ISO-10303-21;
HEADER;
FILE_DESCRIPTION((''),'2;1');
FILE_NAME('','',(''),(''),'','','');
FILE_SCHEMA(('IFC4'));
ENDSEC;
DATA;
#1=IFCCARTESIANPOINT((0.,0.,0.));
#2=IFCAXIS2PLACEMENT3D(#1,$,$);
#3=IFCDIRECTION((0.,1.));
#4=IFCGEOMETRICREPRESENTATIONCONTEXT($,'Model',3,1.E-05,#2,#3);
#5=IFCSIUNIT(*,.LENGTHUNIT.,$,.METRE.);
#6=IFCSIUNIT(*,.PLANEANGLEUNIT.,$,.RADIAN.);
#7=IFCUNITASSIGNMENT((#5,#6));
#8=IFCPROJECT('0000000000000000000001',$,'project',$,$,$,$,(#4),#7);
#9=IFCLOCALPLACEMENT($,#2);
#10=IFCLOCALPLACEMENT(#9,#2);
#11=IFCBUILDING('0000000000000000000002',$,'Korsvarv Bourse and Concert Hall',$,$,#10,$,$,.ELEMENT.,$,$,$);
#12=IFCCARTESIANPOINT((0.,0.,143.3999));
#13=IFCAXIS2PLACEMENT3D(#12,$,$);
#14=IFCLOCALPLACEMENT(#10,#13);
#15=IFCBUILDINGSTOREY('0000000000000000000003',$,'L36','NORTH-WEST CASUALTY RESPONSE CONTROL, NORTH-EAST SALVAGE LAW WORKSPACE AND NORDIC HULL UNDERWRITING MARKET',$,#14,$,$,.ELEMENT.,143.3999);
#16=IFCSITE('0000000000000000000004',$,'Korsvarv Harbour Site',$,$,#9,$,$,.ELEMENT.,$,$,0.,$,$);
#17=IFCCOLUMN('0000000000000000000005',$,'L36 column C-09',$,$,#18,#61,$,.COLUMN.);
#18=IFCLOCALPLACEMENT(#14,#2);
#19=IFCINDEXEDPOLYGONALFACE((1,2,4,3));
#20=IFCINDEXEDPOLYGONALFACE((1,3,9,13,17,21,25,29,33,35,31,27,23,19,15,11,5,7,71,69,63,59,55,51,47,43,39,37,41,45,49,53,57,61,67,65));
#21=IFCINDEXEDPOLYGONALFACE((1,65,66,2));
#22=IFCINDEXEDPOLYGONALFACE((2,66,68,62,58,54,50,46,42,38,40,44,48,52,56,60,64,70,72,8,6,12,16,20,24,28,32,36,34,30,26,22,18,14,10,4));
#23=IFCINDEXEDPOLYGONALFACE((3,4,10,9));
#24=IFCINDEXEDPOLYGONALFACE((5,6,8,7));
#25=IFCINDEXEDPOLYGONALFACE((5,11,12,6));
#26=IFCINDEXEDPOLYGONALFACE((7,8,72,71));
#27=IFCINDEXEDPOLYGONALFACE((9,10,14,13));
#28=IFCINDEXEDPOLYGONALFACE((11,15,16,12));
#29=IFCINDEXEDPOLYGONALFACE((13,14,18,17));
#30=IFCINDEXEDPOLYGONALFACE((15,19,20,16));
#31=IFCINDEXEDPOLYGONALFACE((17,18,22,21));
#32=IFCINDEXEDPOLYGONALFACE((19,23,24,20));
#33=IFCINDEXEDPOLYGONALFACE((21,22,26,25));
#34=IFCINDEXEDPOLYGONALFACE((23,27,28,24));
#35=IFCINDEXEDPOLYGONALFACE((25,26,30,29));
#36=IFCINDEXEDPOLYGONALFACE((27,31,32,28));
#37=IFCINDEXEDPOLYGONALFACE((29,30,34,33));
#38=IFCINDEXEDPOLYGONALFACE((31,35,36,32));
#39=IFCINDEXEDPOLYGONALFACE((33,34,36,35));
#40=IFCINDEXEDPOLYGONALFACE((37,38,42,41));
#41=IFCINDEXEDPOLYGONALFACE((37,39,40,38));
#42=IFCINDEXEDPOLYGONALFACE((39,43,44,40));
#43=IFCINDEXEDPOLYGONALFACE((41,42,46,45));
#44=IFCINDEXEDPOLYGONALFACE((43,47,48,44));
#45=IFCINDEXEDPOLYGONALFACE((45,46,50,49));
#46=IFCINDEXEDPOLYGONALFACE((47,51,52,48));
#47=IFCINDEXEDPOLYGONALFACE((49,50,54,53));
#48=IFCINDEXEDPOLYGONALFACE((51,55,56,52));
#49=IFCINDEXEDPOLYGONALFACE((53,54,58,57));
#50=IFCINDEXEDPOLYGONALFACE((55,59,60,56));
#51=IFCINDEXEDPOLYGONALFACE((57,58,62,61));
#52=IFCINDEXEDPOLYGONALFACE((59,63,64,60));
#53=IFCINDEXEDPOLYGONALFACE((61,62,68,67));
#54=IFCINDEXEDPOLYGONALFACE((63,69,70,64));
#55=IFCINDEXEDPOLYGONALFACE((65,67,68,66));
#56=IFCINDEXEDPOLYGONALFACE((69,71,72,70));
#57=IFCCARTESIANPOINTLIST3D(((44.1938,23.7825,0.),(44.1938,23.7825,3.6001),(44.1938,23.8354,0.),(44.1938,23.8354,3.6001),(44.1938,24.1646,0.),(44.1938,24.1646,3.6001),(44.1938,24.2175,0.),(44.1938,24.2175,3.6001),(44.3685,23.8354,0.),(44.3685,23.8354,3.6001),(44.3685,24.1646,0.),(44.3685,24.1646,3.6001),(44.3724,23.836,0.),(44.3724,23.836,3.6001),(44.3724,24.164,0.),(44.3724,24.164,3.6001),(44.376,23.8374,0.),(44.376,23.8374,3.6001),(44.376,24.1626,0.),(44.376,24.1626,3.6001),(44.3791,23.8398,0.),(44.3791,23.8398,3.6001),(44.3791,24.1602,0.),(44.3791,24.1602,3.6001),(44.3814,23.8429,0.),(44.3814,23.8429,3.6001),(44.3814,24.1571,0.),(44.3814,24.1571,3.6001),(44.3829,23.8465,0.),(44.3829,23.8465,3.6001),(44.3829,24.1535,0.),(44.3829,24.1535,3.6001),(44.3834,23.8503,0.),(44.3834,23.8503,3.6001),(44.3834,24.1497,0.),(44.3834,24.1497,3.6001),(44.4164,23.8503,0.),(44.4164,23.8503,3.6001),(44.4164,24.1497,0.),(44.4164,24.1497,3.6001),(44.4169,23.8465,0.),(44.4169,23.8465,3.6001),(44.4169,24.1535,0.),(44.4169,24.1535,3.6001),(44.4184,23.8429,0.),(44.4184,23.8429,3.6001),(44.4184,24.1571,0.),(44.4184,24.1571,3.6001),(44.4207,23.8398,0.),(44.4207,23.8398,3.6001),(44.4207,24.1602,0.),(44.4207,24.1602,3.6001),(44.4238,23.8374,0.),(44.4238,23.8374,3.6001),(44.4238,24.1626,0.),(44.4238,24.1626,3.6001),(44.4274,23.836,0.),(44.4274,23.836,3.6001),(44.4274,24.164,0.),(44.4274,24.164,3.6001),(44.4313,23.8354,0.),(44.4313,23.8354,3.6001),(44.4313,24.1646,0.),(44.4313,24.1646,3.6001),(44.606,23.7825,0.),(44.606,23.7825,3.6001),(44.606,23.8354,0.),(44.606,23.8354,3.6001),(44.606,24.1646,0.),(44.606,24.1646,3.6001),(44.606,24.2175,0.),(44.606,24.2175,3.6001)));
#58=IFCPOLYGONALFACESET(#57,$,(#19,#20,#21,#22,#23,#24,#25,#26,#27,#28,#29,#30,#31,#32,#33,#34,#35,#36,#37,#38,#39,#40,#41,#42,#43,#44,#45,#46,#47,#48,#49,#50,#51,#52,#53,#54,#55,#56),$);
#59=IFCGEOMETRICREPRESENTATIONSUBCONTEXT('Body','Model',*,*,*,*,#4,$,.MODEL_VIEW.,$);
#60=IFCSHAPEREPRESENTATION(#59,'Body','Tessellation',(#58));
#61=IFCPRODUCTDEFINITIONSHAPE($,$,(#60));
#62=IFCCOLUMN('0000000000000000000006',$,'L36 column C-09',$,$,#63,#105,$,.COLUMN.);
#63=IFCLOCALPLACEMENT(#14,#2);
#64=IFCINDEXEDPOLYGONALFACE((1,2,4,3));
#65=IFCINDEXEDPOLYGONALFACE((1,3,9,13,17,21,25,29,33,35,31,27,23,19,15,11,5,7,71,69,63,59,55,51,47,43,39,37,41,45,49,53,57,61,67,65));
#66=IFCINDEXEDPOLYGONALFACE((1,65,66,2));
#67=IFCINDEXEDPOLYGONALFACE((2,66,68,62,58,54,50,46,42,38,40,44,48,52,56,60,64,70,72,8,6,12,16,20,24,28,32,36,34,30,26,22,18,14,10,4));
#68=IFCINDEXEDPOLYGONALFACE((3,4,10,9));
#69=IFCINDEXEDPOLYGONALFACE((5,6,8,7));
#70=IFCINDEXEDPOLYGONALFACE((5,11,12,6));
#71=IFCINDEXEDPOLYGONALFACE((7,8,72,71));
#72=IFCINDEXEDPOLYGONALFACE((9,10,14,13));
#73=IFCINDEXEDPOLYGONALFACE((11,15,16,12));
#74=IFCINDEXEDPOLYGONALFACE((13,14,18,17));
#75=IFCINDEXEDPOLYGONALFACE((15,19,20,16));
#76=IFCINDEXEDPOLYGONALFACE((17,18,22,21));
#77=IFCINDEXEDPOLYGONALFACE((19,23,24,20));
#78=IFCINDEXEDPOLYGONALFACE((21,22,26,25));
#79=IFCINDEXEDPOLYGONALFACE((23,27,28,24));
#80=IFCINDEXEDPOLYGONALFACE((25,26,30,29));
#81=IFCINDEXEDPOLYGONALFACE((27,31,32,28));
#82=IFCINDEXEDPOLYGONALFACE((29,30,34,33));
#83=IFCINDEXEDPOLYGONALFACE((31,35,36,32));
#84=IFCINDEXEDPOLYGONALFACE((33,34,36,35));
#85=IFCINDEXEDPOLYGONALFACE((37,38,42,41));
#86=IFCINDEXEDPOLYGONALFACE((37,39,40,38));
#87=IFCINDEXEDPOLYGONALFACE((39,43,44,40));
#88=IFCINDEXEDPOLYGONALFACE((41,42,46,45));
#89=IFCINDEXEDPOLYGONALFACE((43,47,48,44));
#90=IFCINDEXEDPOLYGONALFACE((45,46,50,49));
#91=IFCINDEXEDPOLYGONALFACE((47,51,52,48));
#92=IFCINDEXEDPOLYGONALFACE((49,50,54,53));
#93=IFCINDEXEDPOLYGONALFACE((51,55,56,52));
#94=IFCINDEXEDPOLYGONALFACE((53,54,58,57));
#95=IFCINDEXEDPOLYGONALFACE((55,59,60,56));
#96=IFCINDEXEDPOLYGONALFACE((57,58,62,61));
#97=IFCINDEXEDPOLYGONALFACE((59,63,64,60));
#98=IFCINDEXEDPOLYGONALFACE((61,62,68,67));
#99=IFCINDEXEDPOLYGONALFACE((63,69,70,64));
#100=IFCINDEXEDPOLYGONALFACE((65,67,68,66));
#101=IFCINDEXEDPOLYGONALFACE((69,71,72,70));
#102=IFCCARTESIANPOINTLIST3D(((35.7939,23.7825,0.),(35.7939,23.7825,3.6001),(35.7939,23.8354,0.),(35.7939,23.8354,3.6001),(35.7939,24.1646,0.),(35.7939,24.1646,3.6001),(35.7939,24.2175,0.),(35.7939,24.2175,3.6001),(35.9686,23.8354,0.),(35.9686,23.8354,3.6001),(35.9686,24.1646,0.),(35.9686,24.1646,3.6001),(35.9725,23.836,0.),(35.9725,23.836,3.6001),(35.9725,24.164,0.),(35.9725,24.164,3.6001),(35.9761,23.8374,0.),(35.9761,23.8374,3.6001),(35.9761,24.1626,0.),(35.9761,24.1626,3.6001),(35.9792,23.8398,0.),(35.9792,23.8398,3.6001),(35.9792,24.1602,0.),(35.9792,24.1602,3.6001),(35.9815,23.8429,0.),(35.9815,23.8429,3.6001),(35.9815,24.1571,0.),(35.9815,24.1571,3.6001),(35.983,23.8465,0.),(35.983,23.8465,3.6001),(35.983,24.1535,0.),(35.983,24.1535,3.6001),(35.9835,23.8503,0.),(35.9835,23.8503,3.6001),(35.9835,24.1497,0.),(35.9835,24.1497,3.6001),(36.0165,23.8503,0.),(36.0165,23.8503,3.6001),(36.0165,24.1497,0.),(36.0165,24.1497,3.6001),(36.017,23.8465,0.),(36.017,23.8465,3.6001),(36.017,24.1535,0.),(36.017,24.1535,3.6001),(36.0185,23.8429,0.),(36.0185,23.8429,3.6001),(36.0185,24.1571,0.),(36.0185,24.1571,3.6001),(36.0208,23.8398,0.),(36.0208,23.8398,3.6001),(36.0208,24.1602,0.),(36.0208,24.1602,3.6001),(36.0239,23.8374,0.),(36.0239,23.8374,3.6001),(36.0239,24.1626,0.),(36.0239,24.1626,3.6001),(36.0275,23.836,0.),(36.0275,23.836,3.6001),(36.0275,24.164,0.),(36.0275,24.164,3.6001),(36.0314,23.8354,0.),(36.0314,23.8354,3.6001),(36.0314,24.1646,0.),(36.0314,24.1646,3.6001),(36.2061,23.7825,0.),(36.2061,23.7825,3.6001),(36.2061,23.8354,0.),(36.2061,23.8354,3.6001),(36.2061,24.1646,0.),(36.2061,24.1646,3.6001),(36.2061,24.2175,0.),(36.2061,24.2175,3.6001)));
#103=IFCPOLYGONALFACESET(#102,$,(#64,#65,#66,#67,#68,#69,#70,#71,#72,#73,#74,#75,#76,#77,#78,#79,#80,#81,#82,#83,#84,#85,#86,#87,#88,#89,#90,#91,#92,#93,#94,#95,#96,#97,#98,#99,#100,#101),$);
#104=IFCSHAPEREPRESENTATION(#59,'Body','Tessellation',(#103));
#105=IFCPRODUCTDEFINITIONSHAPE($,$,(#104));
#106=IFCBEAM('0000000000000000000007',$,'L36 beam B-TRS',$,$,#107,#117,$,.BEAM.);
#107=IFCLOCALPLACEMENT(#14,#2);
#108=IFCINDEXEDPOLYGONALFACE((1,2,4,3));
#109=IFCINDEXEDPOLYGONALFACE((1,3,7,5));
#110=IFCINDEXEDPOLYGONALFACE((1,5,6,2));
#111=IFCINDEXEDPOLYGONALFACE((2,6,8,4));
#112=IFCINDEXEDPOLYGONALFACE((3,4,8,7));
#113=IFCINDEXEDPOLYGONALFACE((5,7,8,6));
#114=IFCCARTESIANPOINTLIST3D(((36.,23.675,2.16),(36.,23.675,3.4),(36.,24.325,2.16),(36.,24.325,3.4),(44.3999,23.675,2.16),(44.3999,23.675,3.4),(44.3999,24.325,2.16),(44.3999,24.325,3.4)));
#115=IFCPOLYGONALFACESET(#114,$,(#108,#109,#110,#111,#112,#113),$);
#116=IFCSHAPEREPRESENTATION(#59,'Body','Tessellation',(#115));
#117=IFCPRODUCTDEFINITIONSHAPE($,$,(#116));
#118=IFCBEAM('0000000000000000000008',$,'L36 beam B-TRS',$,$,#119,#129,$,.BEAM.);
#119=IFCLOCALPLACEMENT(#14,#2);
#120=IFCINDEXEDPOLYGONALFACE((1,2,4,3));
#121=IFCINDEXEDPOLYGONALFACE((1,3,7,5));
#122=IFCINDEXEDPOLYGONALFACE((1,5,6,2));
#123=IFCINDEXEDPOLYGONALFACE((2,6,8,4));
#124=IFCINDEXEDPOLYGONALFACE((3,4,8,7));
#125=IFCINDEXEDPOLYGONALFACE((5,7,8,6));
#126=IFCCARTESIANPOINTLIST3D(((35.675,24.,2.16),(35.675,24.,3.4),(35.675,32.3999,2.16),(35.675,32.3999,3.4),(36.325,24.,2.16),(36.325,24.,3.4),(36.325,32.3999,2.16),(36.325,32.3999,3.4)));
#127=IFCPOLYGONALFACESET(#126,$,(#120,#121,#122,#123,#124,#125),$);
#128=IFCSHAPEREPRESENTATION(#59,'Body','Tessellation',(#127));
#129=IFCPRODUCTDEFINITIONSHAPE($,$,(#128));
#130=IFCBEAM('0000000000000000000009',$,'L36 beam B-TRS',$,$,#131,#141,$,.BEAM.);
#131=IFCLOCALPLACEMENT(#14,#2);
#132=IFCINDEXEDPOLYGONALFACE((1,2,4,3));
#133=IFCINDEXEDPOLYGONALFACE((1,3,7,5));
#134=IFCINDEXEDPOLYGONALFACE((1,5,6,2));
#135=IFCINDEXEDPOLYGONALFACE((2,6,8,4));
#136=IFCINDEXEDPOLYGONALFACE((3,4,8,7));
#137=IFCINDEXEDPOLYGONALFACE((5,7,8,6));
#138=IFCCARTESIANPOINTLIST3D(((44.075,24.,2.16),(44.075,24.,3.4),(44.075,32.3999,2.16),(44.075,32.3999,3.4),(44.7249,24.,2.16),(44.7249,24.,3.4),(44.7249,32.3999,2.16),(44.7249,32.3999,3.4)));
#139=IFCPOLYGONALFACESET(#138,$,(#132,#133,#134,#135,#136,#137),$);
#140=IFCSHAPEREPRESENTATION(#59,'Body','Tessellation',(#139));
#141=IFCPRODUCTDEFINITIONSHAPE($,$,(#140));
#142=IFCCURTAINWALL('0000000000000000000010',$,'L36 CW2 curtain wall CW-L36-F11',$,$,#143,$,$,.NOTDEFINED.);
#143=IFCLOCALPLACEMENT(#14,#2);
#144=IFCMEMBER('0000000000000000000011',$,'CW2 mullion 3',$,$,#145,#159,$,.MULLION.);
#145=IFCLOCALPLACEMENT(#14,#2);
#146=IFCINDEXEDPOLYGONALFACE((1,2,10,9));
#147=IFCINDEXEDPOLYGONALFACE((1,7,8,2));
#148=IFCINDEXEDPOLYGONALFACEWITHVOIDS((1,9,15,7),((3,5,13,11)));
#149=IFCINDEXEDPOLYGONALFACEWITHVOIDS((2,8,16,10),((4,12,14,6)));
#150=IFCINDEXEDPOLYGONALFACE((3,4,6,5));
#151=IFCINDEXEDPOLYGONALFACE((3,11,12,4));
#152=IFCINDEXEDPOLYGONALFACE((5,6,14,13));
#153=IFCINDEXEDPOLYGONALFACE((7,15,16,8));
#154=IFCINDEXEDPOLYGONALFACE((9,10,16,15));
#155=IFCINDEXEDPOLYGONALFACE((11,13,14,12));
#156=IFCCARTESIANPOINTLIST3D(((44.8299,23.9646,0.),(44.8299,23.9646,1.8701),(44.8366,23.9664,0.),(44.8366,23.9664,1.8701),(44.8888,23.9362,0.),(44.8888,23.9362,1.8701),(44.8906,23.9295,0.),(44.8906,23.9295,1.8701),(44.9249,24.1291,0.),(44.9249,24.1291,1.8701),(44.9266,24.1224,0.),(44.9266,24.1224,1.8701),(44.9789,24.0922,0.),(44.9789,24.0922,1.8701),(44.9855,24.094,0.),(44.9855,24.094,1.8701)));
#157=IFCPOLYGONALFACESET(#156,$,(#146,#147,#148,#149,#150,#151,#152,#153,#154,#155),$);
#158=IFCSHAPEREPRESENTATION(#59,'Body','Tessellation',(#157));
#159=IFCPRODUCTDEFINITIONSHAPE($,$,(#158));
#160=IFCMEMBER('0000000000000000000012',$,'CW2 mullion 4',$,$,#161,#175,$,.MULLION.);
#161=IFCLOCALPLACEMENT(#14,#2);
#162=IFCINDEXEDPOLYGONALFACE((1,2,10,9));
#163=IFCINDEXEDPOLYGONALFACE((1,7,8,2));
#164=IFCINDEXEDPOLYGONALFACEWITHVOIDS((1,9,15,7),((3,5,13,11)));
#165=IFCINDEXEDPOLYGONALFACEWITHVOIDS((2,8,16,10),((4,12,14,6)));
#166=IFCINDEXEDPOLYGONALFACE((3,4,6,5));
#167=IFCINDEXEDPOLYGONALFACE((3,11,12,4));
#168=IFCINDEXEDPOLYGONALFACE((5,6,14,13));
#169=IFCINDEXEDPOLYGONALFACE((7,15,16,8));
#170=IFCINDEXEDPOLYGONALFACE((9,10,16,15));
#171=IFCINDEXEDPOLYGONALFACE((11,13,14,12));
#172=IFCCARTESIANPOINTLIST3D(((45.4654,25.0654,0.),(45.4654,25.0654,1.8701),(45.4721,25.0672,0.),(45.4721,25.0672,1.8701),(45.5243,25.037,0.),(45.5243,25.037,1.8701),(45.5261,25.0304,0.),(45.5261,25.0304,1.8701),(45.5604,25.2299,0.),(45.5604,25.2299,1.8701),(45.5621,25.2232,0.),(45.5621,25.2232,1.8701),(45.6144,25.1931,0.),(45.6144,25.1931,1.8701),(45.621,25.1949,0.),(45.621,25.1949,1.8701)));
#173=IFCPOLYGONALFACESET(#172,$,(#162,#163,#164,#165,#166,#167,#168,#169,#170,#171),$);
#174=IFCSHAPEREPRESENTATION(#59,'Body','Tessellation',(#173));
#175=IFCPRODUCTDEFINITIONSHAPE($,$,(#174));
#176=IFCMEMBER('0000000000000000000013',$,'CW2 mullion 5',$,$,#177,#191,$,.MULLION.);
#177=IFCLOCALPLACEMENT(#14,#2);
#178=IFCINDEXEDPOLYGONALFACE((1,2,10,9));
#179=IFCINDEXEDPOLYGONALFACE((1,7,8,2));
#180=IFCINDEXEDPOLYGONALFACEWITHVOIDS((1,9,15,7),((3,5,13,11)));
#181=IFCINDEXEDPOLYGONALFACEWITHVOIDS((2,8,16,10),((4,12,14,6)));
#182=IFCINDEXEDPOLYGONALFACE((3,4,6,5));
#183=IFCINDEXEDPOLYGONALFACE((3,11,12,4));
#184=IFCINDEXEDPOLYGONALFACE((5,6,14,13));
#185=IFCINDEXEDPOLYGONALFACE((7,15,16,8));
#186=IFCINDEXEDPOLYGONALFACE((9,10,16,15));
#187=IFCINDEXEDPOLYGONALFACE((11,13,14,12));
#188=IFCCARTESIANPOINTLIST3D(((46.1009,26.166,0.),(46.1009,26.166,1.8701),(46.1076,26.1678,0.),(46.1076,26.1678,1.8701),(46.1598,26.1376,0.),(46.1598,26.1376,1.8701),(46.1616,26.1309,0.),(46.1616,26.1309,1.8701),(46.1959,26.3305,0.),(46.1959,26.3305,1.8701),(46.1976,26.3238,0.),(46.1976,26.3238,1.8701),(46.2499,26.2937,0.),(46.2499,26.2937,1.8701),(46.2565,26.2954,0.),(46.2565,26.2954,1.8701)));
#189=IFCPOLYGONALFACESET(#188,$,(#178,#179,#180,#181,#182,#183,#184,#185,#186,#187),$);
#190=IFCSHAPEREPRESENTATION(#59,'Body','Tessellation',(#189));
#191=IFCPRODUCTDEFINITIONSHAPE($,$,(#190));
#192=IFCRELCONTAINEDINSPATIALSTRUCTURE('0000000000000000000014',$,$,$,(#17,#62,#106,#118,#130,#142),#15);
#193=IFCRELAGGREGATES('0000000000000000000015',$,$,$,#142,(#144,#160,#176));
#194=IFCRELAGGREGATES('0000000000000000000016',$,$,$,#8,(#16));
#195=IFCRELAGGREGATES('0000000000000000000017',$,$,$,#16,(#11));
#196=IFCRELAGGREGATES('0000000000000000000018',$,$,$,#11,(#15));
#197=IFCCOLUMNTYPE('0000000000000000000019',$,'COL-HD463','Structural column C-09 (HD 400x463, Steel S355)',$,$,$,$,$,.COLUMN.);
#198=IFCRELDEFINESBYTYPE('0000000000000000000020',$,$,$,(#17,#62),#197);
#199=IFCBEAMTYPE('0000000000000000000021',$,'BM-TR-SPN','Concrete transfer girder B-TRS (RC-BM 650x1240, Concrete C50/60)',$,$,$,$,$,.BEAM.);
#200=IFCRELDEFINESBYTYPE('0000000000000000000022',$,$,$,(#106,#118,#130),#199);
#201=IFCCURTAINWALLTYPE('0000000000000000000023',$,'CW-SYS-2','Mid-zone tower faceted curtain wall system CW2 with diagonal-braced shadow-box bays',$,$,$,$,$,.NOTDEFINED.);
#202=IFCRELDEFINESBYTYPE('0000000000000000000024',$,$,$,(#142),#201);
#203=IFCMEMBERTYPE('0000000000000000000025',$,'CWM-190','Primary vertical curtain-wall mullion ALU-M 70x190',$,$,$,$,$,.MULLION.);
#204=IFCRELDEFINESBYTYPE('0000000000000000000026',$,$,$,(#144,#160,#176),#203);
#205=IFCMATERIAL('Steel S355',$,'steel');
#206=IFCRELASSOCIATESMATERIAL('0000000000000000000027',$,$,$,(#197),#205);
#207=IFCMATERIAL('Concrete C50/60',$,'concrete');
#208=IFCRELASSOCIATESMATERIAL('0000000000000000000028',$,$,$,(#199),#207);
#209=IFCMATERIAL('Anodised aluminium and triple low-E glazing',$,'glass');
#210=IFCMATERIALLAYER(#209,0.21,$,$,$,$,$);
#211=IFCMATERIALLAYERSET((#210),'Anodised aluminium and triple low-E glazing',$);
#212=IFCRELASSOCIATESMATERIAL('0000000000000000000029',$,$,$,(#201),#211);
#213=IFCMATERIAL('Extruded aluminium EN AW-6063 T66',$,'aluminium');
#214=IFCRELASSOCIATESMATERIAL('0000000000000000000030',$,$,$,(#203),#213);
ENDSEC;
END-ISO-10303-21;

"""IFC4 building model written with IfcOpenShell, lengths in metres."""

from ifc_helpers import new_model, si_unit, direction, frame, origin, origin_2d, place, context, subcontext, project, spatial, rectangle, hollow_rectangle, i_section, extrude, source, transform, mapped, material, layer, layer_set, material_profile, profile_set, type_object, element, aggregate, save


model = new_model("IFC4")

# Units and contexts
model_context = context("Model", 3, precision=1e-05, world=origin(), true_north=direction((0.0, 1.0)))
body_context = subcontext(model_context, "Body", "Model", "MODEL_VIEW")
ifc_project = project(units=[si_unit("LENGTHUNIT", "METRE"), si_unit("PLANEANGLEUNIT", "RADIAN")], contexts=[model_context])

# Site, building, storey
site_placement = place(None, origin())
site = spatial("IfcSite", under=ifc_project, at=site_placement, Name="Korsvarv Harbour Site", CompositionType="ELEMENT", RefElevation=0.0)
building_placement = place(site_placement, origin())
building = spatial("IfcBuilding", under=site, at=building_placement, Name="Korsvarv Bourse and Concert Hall", CompositionType="ELEMENT")
storey_placement = place(building_placement, frame((0.0, 0.0, 143.3999)))
storey = spatial("IfcBuildingStorey", under=building, at=storey_placement, Name="L36", Description="NORTH-WEST CASUALTY RESPONSE CONTROL, NORTH-EAST SALVAGE LAW WORKSPACE AND NORDIC HULL UNDERWRITING MARKET", CompositionType="ELEMENT", Elevation=143.3999)

# Columns
ifc_material_1 = material(Name="Steel S355", Category="steel")
ifc_material_profile_1 = material_profile(ifc_material_1, i_section(OverallWidth=0.4121, OverallDepth=0.4351, WebThickness=0.033, FlangeThickness=0.053, FilletRadius=0.0149, at=origin_2d()), Name="HD 400x463")
ifc_profile_set_1 = profile_set([ifc_material_profile_1], Name="Steel S355")
column_type = type_object("IfcColumnType", Name="COL-HD463", Description="Structural column C-09 (HD 400x463, Steel S355)", PredefinedType="COLUMN", material=ifc_profile_set_1)
shared_shape_1 = source(origin(), body_context, "Body", "SweptSolid", [
    extrude(i_section(OverallWidth=0.4121, OverallDepth=0.4351, WebThickness=0.033, FlangeThickness=0.053, FilletRadius=0.0149, at=origin_2d()), origin(), (0.0, 0.0, 1.0), 3.6001),
])
for number, where, z_axis, x_axis, name in (
    (1, (44.3999, 24.0, 0.0), (0.0, 0.0, 1.0), (1.0, 0.0, 0.0), "L36 column C-09"),
    (2, (36.0, 24.0, 0.0), (0.0, 0.0, 1.0), (1.0, 0.0, 0.0), "L36 column C-09"),
):
    element("IfcColumn", number, at=place(storey_placement, frame(where, z_axis=z_axis, x_axis=x_axis)), inside=storey, type_object=column_type, Name=name, PredefinedType="COLUMN", context=body_context, shape_type="MappedRepresentation", body=[
        mapped(shared_shape_1, transform((0.0, 0.0, 0.0), scale=1.0)),
    ])

# Beams
ifc_material_2 = material(Name="Concrete C50/60", Category="concrete")
ifc_material_profile_2 = material_profile(ifc_material_2, rectangle(XDim=0.6499, YDim=1.24, at=origin_2d()), Name="RC-BM 650x1240")
ifc_profile_set_2 = profile_set([ifc_material_profile_2], Name="Concrete C50/60")
beam_type = type_object("IfcBeamType", Name="BM-TR-SPN", Description="Concrete transfer girder B-TRS (RC-BM 650x1240, Concrete C50/60)", PredefinedType="BEAM", material=ifc_profile_set_2)
shared_shape_2 = source(origin(), body_context, "Body", "SweptSolid", [
    extrude(rectangle(XDim=0.6499, YDim=1.24, at=origin_2d()), origin(), (0.0, 0.0, 1.0), 8.3999),
])
for number, where, z_axis, x_axis, name in (
    (3, (36.0, 24.0, 2.78), (1.0, 0.0, 0.0), (0.0, 1.0, 0.0), "L36 beam B-TRS"),
    (4, (36.0, 24.0, 2.78), (0.0, 1.0, 0.0), (-1.0, 0.0, 0.0), "L36 beam B-TRS"),
    (5, (44.3999, 24.0, 2.78), (0.0, 1.0, 0.0), (-1.0, 0.0, 0.0), "L36 beam B-TRS"),
):
    element("IfcBeam", number, at=place(storey_placement, frame(where, z_axis=z_axis, x_axis=x_axis)), inside=storey, type_object=beam_type, Name=name, PredefinedType="BEAM", context=body_context, shape_type="MappedRepresentation", body=[
        mapped(shared_shape_2, transform((0.0, 0.0, 0.0), scale=1.0)),
    ])

# Curtain wall, members
ifc_material_3 = material(Name="Anodised aluminium and triple low-E glazing", Category="glass")
ifc_layer_1 = layer(ifc_material_3, 0.21)
ifc_layer_set_1 = layer_set([ifc_layer_1], Name="Anodised aluminium and triple low-E glazing")
curtain_wall_type = type_object("IfcCurtainWallType", Name="CW-SYS-2", Description="Mid-zone tower faceted curtain wall system CW2 with diagonal-braced shadow-box bays", PredefinedType="NOTDEFINED", material=ifc_layer_set_1)
curtain_wall_placement = place(storey_placement, origin())
curtain_wall = element("IfcCurtainWall", 6, at=curtain_wall_placement, inside=storey, type_object=curtain_wall_type, Name="L36 CW2 curtain wall CW-L36-F11", PredefinedType="NOTDEFINED")
ifc_material_4 = material(Name="Extruded aluminium EN AW-6063 T66", Category="aluminium")
ifc_material_profile_3 = material_profile(ifc_material_4, hollow_rectangle(XDim=0.0701, YDim=0.1899, WallThickness=0.0049, at=origin_2d()), Name="ALU-M 70x190")
ifc_profile_set_3 = profile_set([ifc_material_profile_3], Name="Extruded aluminium EN AW-6063 T66")
member_type_1 = type_object("IfcMemberType", Name="CWM-190", Description="Primary vertical curtain-wall mullion ALU-M 70x190", PredefinedType="MULLION", material=ifc_profile_set_3)
shared_shape_3 = source(origin(), body_context, "Body", "SweptSolid", [
    extrude(hollow_rectangle(XDim=0.0701, YDim=0.1899, WallThickness=0.0049, at=origin_2d()), origin(), (0.0, 0.0, 1.0), 1.8701),
])
member_1_placement = place(storey_placement, frame((44.9077, 24.0293, 0.0), z_axis=(0.0, 0.0, 1.0), x_axis=(-0.866025, 0.5, 0.0)))
member_1 = element("IfcMember", 7, at=member_1_placement, type_object=member_type_1, Name="CW2 mullion 3", PredefinedType="MULLION", context=body_context, shape_type="MappedRepresentation", body=[
    mapped(shared_shape_3, transform((0.0, 0.0, 0.0), scale=1.0)),
])
member_2_placement = place(storey_placement, frame((45.5432, 25.1301, 0.0), z_axis=(0.0, 0.0, 1.0), x_axis=(-0.866025, 0.5, 0.0)))
member_2 = element("IfcMember", 8, at=member_2_placement, type_object=member_type_1, Name="CW2 mullion 4", PredefinedType="MULLION", context=body_context, shape_type="MappedRepresentation", body=[
    mapped(shared_shape_3, transform((0.0, 0.0, 0.0), scale=1.0)),
])
member_3_placement = place(storey_placement, frame((46.1787, 26.2307, 0.0), z_axis=(0.0, 0.0, 1.0), x_axis=(-0.866025, 0.5, 0.0)))
member_3 = element("IfcMember", 9, at=member_3_placement, type_object=member_type_1, Name="CW2 mullion 5", PredefinedType="MULLION", context=body_context, shape_type="MappedRepresentation", body=[
    mapped(shared_shape_3, transform((0.0, 0.0, 0.0), scale=1.0)),
])
aggregate(curtain_wall, [member_1, member_2, member_3])

save(model, "model.ifc")
